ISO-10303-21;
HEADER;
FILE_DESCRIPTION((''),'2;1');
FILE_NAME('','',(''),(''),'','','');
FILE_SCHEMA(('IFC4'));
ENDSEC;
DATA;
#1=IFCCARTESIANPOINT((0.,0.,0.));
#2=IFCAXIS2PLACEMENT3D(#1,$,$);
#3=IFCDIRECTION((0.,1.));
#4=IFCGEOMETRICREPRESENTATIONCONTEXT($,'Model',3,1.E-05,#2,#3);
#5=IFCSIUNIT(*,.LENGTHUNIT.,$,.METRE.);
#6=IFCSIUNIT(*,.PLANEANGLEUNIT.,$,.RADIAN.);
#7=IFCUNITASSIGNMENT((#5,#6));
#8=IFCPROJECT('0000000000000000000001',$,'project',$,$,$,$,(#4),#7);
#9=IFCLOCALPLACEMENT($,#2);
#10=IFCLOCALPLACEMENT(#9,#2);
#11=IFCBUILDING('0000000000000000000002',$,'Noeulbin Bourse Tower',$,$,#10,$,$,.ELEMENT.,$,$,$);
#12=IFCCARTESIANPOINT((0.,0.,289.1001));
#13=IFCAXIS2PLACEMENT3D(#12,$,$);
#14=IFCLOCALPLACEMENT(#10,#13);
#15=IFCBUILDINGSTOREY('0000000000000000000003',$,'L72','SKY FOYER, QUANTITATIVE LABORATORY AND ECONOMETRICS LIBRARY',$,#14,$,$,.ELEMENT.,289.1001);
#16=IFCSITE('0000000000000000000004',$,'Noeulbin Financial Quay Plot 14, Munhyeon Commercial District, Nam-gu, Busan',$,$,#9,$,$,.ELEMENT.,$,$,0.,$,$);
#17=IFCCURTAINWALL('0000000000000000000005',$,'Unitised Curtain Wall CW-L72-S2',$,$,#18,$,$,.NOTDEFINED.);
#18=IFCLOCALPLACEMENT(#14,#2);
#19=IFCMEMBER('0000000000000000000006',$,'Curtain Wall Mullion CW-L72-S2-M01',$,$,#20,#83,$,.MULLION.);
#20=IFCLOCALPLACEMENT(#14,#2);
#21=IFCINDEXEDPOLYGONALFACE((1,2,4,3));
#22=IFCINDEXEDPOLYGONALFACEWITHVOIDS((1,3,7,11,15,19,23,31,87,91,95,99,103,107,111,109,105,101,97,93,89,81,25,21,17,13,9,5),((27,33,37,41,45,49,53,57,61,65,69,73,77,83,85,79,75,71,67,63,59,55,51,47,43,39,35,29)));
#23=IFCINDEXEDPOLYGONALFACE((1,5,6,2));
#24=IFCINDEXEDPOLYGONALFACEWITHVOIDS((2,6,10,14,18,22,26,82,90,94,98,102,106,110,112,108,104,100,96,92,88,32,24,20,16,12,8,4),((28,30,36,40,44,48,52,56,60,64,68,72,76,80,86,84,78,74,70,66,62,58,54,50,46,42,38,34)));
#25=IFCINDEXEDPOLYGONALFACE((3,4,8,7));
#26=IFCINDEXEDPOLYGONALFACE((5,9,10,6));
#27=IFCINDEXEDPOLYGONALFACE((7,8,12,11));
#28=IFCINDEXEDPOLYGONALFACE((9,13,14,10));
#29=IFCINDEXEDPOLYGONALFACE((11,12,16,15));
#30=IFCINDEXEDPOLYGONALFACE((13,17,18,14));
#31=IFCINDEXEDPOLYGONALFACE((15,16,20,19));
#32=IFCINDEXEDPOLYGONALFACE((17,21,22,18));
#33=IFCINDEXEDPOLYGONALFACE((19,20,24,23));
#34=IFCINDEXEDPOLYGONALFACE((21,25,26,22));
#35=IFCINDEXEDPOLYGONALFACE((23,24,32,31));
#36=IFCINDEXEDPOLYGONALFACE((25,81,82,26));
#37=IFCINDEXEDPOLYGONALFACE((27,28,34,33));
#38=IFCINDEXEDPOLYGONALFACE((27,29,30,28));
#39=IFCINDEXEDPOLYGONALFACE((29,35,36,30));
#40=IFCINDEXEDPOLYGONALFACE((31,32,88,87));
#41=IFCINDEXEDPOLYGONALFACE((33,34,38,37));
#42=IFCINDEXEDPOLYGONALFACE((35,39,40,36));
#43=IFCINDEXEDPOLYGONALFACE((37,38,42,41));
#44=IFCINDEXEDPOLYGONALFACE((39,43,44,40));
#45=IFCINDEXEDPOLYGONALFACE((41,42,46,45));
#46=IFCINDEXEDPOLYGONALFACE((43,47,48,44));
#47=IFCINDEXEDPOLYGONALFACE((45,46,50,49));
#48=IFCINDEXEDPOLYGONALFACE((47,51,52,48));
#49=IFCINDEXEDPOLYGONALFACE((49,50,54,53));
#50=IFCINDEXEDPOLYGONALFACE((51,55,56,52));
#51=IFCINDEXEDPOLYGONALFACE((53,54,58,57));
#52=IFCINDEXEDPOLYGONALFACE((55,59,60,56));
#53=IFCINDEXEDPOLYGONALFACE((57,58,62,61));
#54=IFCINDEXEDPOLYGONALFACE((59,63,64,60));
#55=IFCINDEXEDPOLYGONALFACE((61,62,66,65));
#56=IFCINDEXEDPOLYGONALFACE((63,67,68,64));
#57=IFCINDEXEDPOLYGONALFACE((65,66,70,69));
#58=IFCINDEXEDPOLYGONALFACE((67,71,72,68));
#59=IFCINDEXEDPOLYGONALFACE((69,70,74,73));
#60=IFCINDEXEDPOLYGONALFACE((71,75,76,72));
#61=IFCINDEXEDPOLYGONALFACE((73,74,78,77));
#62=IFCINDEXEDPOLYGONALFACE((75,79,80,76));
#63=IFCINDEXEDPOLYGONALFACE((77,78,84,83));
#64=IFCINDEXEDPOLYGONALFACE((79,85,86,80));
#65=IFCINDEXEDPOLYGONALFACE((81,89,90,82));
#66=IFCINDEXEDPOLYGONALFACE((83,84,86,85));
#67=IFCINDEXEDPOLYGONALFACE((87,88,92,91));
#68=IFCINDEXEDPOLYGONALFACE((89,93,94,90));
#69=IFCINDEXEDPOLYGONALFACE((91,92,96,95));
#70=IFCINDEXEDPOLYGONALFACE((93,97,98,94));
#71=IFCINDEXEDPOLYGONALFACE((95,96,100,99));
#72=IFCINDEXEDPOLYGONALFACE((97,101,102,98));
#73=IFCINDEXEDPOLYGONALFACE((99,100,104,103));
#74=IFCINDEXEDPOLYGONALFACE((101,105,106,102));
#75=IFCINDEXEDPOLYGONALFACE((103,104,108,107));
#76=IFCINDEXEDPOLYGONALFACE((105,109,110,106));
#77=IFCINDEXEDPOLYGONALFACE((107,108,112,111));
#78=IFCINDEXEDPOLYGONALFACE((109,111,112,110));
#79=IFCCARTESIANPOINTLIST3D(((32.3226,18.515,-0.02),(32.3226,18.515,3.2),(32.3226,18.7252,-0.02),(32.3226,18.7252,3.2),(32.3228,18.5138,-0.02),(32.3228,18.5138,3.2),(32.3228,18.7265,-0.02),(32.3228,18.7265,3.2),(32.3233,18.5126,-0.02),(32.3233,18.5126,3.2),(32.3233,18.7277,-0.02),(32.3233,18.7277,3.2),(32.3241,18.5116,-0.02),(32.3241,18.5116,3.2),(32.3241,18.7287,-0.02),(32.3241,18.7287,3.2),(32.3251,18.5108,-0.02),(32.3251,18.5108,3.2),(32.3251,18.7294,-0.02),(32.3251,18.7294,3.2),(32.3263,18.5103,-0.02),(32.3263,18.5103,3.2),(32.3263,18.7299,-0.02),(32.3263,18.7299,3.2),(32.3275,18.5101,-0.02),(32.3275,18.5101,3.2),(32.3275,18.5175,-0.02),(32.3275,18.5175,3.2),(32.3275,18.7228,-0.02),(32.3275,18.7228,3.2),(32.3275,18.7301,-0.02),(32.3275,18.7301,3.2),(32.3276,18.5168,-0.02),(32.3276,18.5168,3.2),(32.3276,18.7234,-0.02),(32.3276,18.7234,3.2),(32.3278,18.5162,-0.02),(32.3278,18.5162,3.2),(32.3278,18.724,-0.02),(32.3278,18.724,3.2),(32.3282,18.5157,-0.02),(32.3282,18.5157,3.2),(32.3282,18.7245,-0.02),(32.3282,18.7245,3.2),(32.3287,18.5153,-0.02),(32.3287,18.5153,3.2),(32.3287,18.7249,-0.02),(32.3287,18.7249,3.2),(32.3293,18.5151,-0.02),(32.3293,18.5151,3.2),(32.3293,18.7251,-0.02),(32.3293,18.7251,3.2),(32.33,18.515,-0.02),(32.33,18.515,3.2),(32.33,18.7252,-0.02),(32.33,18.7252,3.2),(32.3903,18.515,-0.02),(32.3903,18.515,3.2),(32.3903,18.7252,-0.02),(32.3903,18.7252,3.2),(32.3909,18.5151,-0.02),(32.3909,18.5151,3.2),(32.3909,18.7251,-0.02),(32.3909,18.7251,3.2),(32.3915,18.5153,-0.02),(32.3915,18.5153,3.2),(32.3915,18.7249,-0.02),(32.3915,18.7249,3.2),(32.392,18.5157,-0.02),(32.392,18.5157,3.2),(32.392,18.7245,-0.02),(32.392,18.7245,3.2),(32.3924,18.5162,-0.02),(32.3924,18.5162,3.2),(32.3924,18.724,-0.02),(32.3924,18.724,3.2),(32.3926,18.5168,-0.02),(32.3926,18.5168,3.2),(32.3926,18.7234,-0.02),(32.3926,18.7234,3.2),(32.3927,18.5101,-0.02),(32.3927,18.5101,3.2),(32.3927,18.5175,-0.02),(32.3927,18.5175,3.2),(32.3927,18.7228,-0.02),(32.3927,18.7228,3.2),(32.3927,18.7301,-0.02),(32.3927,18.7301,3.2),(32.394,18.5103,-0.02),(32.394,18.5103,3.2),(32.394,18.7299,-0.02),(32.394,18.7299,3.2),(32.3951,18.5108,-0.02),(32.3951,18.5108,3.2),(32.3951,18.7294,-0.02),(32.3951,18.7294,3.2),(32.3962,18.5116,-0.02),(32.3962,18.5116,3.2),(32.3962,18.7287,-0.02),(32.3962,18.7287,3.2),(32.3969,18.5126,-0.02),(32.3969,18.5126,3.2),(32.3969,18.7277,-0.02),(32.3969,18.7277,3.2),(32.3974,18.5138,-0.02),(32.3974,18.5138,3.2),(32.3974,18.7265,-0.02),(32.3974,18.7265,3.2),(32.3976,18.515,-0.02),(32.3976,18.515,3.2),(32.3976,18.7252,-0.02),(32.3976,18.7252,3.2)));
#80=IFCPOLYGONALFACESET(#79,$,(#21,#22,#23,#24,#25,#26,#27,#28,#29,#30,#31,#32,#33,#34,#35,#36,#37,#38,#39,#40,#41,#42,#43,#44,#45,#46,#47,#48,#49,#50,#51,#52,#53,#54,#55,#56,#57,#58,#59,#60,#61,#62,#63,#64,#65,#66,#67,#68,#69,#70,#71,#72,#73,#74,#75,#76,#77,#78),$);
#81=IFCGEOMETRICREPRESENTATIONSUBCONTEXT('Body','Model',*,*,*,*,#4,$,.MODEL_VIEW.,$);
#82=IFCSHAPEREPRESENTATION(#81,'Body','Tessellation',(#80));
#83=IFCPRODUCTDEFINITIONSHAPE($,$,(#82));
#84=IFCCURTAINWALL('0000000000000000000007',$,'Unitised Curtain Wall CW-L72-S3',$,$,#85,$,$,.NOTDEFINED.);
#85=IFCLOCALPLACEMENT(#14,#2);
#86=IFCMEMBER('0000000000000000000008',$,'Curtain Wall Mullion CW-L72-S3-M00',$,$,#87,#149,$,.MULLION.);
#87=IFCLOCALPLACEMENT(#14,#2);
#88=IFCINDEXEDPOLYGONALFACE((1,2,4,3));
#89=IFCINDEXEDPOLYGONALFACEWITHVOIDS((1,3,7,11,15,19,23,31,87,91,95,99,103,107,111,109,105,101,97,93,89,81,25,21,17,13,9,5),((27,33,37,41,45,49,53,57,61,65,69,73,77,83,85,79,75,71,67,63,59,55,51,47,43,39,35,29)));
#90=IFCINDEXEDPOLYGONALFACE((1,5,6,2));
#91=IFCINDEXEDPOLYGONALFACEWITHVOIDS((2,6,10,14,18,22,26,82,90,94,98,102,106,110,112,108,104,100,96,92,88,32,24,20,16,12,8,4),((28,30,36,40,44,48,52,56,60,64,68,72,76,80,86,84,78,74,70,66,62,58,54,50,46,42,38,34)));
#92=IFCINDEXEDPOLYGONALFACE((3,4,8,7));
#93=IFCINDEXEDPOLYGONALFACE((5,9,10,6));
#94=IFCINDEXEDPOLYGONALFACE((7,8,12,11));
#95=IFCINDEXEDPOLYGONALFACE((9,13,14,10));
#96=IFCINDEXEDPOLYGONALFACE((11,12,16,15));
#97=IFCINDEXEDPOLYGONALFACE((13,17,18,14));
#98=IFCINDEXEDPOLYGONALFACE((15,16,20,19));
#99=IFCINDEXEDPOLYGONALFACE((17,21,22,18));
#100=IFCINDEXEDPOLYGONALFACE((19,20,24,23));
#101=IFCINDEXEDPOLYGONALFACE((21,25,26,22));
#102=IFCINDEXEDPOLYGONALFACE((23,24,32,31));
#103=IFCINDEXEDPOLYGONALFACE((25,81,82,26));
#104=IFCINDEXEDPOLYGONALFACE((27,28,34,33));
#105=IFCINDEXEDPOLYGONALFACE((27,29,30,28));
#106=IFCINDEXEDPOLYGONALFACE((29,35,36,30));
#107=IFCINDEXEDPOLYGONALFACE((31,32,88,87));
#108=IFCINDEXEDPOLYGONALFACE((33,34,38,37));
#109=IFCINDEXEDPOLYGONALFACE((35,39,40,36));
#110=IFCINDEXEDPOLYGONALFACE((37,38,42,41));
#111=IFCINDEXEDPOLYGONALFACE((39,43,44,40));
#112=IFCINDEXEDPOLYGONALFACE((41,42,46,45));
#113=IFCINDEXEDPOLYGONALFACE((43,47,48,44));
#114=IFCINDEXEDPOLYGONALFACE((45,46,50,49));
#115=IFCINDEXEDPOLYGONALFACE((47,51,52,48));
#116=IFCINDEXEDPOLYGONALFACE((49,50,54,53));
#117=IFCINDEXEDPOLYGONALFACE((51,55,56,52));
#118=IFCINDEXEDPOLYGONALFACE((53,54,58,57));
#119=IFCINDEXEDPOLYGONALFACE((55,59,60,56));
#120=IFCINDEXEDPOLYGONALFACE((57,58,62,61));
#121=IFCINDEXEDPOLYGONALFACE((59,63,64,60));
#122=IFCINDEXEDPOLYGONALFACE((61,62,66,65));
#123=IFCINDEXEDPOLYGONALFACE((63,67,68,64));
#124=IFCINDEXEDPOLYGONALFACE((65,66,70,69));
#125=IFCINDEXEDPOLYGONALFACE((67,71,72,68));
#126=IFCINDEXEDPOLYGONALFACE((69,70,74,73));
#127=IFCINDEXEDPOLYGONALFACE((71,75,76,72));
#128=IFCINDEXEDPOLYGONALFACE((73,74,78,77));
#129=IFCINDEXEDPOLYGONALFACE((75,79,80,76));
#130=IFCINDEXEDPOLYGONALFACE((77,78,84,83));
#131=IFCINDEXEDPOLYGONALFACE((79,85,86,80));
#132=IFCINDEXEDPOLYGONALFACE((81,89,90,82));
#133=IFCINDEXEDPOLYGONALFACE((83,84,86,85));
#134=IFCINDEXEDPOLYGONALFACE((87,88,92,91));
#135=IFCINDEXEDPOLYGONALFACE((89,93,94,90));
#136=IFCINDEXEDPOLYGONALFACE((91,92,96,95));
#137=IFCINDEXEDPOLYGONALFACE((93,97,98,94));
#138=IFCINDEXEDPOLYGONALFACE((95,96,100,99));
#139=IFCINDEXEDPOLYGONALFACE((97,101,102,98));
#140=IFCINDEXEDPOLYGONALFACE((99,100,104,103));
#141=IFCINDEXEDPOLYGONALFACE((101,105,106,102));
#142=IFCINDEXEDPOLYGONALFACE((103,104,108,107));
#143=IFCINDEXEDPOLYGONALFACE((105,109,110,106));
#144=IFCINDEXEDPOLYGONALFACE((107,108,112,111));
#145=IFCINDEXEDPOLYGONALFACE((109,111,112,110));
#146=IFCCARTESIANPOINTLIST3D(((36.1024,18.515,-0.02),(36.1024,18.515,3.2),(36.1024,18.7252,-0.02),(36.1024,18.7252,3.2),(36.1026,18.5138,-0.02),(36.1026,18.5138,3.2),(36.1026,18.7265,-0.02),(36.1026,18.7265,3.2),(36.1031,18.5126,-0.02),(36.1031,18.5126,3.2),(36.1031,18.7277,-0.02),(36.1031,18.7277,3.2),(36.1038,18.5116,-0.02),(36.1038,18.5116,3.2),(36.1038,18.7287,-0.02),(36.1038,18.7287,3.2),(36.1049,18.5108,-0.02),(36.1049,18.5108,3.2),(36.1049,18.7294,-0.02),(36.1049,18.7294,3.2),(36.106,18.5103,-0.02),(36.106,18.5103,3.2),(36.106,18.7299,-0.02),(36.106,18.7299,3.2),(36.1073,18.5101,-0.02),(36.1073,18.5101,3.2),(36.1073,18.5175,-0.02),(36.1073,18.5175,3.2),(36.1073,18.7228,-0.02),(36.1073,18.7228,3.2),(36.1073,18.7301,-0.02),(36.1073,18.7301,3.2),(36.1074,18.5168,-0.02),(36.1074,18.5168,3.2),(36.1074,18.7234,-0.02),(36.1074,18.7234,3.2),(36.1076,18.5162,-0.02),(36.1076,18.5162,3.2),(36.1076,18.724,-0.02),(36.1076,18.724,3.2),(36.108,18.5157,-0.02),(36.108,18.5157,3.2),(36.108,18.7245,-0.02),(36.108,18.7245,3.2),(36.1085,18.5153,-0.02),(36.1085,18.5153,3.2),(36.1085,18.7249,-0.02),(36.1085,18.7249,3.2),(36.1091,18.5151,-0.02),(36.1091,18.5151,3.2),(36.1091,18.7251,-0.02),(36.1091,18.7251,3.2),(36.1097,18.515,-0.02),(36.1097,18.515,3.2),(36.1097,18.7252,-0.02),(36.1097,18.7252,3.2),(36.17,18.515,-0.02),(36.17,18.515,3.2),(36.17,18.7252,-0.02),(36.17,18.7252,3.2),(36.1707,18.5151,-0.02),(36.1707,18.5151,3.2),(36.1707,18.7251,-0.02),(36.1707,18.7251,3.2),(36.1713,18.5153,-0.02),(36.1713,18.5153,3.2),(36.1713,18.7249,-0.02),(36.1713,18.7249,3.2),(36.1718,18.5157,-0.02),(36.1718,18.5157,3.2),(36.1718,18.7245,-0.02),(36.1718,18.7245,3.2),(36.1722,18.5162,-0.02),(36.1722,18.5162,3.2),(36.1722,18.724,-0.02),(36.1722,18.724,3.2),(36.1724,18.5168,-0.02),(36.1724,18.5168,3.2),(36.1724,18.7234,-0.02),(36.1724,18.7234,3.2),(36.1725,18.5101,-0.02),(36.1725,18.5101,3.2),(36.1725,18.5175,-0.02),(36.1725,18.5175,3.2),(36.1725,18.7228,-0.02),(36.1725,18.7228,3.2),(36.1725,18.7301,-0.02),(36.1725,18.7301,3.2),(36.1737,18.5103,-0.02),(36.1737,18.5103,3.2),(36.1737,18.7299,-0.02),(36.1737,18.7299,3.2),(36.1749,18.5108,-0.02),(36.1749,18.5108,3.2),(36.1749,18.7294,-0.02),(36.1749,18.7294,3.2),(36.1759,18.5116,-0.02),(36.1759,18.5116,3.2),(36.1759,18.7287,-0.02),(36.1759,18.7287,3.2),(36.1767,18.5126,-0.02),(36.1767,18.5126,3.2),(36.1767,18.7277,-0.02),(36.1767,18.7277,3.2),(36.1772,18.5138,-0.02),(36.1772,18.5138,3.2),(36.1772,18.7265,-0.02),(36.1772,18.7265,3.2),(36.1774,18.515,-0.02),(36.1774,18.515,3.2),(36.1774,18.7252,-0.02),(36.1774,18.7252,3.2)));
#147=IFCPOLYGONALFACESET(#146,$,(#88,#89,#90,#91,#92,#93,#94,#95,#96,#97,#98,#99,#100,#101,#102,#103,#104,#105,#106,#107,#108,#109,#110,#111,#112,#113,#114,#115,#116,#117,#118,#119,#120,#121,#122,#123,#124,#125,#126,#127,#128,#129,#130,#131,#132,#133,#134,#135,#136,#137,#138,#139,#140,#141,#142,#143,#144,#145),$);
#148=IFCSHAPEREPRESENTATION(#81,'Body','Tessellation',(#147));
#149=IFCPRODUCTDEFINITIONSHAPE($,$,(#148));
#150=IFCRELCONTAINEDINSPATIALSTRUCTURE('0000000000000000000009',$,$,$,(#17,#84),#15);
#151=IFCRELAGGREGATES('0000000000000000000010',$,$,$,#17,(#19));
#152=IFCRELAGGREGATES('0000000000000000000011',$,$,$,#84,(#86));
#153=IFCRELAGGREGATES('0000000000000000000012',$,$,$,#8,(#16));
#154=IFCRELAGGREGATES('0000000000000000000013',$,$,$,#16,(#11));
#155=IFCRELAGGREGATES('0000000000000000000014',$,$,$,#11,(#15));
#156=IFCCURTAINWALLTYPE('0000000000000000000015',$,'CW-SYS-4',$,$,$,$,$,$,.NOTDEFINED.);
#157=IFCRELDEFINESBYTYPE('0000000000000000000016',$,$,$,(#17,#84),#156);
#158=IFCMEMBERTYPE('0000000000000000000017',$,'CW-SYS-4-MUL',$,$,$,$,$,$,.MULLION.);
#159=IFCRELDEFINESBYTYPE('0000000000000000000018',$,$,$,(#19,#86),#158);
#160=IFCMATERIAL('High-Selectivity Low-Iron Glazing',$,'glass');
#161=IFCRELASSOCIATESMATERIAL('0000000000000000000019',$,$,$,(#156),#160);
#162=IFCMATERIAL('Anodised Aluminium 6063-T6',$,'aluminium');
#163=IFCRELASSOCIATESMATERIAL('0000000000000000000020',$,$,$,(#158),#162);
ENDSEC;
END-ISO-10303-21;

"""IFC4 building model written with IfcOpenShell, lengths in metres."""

from ifc_helpers import new_model, si_unit, direction, frame, origin, origin_2d, place, context, subcontext, project, spatial, hollow_rectangle, extrude, material, material_profile, profile_set, type_object, element, aggregate, save


model = new_model("IFC4")

# Units and contexts
model_context = context("Model", 3, precision=1e-05, world=origin(), true_north=direction((0.0, 1.0)))
body_context = subcontext(model_context, "Body", "Model", "MODEL_VIEW")
ifc_project = project(units=[si_unit("LENGTHUNIT", "METRE"), si_unit("PLANEANGLEUNIT", "RADIAN")], contexts=[model_context])

# Site, building, storey
site_placement = place(None, origin())
site = spatial("IfcSite", under=ifc_project, at=site_placement, Name="Noeulbin Financial Quay Plot 14, Munhyeon Commercial District, Nam-gu, Busan", CompositionType="ELEMENT", RefElevation=0.0)
building_placement = place(site_placement, origin())
building = spatial("IfcBuilding", under=site, at=building_placement, Name="Noeulbin Bourse Tower", CompositionType="ELEMENT")
storey_placement = place(building_placement, frame((0.0, 0.0, 289.1001)))
storey = spatial("IfcBuildingStorey", under=building, at=storey_placement, Name="L72", Description="SKY FOYER, QUANTITATIVE LABORATORY AND ECONOMETRICS LIBRARY", CompositionType="ELEMENT", Elevation=289.1001)

# Curtain wall, member
ifc_material_1 = material(Name="High-Selectivity Low-Iron Glazing", Category="glass")
curtain_wall_type = type_object("IfcCurtainWallType", Name="CW-SYS-4", PredefinedType="NOTDEFINED", material=ifc_material_1)
curtain_wall_1_placement = place(storey_placement, origin())
curtain_wall_1 = element("IfcCurtainWall", 1, at=curtain_wall_1_placement, inside=storey, type_object=curtain_wall_type, Name="Unitised Curtain Wall CW-L72-S2", PredefinedType="NOTDEFINED")
ifc_material_2 = material(Name="Anodised Aluminium 6063-T6", Category="aluminium")
ifc_material_profile_1 = material_profile(ifc_material_2, hollow_rectangle(XDim=0.075, YDim=0.22, WallThickness=0.0049, InnerFilletRadius=0.0024, OuterFilletRadius=0.0049, at=origin_2d()), Name="ALU-MULL-75x220x5", Category="LoadBearing")
ifc_profile_set_1 = profile_set([ifc_material_profile_1], Name="Anodised Aluminium 6063-T6")
member_type_1 = type_object("IfcMemberType", Name="CW-SYS-4-MUL", PredefinedType="MULLION", material=ifc_profile_set_1)
member_1_placement = place(storey_placement, frame((32.3601, 18.6201, -0.02), z_axis=(0.0, 0.0, 1.0), x_axis=(1.0, 0.0, 0.0)))
member_1 = element("IfcMember", 2, at=member_1_placement, type_object=member_type_1, Name="Curtain Wall Mullion CW-L72-S2-M01", PredefinedType="MULLION", context=body_context, shape_type="SweptSolid", body=[
    extrude(hollow_rectangle(XDim=0.075, YDim=0.22, WallThickness=0.0049, InnerFilletRadius=0.0024, OuterFilletRadius=0.0049, at=origin_2d()), origin(), (0.0, 0.0, 1.0), 3.22),
])
aggregate(curtain_wall_1, [member_1])

# Curtain wall, member
curtain_wall_2_placement = place(storey_placement, origin())
curtain_wall_2 = element("IfcCurtainWall", 3, at=curtain_wall_2_placement, inside=storey, type_object=curtain_wall_type, Name="Unitised Curtain Wall CW-L72-S3", PredefinedType="NOTDEFINED")
member_2_placement = place(storey_placement, frame((36.1399, 18.6201, -0.02), z_axis=(0.0, 0.0, 1.0), x_axis=(1.0, 0.0, 0.0)))
member_2 = element("IfcMember", 4, at=member_2_placement, type_object=member_type_1, Name="Curtain Wall Mullion CW-L72-S3-M00", PredefinedType="MULLION", context=body_context, shape_type="SweptSolid", body=[
    extrude(hollow_rectangle(XDim=0.075, YDim=0.22, WallThickness=0.0049, InnerFilletRadius=0.0024, OuterFilletRadius=0.0049, at=origin_2d()), origin(), (0.0, 0.0, 1.0), 3.22),
])
aggregate(curtain_wall_2, [member_2])

save(model, "model.ifc")
